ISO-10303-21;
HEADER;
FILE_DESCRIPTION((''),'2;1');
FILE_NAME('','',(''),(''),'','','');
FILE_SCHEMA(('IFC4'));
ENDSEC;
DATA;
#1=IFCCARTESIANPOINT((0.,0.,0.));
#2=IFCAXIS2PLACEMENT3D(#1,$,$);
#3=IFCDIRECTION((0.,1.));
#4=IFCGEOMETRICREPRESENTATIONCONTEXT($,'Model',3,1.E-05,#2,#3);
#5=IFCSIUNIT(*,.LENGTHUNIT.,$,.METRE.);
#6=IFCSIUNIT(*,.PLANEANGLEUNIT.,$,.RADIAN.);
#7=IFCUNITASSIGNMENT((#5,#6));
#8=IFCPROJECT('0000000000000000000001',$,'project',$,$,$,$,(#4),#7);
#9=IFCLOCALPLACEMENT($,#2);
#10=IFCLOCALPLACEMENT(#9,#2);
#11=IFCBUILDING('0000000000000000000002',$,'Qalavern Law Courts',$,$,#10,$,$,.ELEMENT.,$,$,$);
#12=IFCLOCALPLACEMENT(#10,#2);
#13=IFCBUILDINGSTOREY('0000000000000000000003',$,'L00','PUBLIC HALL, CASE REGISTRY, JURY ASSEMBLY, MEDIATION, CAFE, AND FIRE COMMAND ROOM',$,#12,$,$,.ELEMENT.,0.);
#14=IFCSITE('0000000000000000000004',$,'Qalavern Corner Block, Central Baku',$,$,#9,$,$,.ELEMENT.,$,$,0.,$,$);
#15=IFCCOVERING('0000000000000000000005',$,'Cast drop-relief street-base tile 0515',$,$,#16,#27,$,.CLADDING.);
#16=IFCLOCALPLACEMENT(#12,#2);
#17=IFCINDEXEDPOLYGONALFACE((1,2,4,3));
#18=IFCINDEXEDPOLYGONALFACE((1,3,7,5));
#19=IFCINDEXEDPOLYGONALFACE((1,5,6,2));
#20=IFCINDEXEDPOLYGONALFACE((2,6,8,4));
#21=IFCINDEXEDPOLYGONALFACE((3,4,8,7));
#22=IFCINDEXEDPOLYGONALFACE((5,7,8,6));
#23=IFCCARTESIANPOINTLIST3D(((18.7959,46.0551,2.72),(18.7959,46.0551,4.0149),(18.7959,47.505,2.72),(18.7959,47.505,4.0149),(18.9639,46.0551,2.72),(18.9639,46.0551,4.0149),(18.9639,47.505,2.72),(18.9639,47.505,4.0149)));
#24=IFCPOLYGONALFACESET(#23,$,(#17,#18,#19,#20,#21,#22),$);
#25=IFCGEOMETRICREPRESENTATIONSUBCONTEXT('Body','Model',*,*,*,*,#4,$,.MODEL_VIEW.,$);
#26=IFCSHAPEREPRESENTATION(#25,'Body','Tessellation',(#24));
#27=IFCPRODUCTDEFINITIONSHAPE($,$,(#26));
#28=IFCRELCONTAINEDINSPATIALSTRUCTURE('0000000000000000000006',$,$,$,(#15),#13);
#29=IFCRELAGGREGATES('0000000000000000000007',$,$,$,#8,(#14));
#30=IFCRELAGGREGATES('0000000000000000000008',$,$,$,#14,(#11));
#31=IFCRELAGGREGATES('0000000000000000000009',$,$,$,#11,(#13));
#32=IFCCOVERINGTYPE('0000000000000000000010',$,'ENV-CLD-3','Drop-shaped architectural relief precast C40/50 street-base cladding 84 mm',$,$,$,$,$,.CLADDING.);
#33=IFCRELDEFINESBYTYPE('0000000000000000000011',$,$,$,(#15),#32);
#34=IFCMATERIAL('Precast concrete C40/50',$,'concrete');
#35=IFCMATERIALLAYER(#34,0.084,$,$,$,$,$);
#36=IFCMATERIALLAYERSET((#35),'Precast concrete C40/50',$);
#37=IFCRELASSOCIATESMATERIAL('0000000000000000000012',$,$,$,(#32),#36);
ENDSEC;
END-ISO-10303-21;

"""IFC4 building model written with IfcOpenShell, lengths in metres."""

from ifc_helpers import new_model, si_unit, direction, frame, origin, origin_2d, place, context, subcontext, project, spatial, rectangle, extrude, material, layer, layer_set, type_object, element, save


model = new_model("IFC4")

# Units and contexts
model_context = context("Model", 3, precision=1e-05, world=origin(), true_north=direction((0.0, 1.0)))
body_context = subcontext(model_context, "Body", "Model", "MODEL_VIEW")
ifc_project = project(units=[si_unit("LENGTHUNIT", "METRE"), si_unit("PLANEANGLEUNIT", "RADIAN")], contexts=[model_context])

# Site, building, storey
site_placement = place(None, origin())
site = spatial("IfcSite", under=ifc_project, at=site_placement, Name="Qalavern Corner Block, Central Baku", CompositionType="ELEMENT", RefElevation=0.0)
building_placement = place(site_placement, origin())
building = spatial("IfcBuilding", under=site, at=building_placement, Name="Qalavern Law Courts", CompositionType="ELEMENT")
storey_placement = place(building_placement, origin())
storey = spatial("IfcBuildingStorey", under=building, at=storey_placement, Name="L00", Description="PUBLIC HALL, CASE REGISTRY, JURY ASSEMBLY, MEDIATION, CAFE, AND FIRE COMMAND ROOM", CompositionType="ELEMENT", Elevation=0.0)

# Covering
ifc_material = material(Name="Precast concrete C40/50", Category="concrete")
ifc_layer_1 = layer(ifc_material, 0.084)
ifc_layer_set_1 = layer_set([ifc_layer_1], Name="Precast concrete C40/50")
covering_type_1 = type_object("IfcCoveringType", Name="ENV-CLD-3", Description="Drop-shaped architectural relief precast C40/50 street-base cladding 84 mm", PredefinedType="CLADDING", material=ifc_layer_set_1)
for number, where, z_axis, x_axis, name in (
    (1, (18.8799, 46.78, 2.72), (0.0, 0.0, 1.0), (0.0, 1.0, 0.0), "Cast drop-relief street-base tile 0515"),
):
    element("IfcCovering", number, at=place(storey_placement, frame(where, z_axis=z_axis, x_axis=x_axis)), inside=storey, type_object=covering_type_1, Name=name, PredefinedType="CLADDING", context=body_context, shape_type="SweptSolid", body=[
        extrude(rectangle(XDim=1.45, YDim=0.168, at=origin_2d()), origin(), (0.0, 0.0, 1.0), 1.2949),
    ])

save(model, "model.ifc")
